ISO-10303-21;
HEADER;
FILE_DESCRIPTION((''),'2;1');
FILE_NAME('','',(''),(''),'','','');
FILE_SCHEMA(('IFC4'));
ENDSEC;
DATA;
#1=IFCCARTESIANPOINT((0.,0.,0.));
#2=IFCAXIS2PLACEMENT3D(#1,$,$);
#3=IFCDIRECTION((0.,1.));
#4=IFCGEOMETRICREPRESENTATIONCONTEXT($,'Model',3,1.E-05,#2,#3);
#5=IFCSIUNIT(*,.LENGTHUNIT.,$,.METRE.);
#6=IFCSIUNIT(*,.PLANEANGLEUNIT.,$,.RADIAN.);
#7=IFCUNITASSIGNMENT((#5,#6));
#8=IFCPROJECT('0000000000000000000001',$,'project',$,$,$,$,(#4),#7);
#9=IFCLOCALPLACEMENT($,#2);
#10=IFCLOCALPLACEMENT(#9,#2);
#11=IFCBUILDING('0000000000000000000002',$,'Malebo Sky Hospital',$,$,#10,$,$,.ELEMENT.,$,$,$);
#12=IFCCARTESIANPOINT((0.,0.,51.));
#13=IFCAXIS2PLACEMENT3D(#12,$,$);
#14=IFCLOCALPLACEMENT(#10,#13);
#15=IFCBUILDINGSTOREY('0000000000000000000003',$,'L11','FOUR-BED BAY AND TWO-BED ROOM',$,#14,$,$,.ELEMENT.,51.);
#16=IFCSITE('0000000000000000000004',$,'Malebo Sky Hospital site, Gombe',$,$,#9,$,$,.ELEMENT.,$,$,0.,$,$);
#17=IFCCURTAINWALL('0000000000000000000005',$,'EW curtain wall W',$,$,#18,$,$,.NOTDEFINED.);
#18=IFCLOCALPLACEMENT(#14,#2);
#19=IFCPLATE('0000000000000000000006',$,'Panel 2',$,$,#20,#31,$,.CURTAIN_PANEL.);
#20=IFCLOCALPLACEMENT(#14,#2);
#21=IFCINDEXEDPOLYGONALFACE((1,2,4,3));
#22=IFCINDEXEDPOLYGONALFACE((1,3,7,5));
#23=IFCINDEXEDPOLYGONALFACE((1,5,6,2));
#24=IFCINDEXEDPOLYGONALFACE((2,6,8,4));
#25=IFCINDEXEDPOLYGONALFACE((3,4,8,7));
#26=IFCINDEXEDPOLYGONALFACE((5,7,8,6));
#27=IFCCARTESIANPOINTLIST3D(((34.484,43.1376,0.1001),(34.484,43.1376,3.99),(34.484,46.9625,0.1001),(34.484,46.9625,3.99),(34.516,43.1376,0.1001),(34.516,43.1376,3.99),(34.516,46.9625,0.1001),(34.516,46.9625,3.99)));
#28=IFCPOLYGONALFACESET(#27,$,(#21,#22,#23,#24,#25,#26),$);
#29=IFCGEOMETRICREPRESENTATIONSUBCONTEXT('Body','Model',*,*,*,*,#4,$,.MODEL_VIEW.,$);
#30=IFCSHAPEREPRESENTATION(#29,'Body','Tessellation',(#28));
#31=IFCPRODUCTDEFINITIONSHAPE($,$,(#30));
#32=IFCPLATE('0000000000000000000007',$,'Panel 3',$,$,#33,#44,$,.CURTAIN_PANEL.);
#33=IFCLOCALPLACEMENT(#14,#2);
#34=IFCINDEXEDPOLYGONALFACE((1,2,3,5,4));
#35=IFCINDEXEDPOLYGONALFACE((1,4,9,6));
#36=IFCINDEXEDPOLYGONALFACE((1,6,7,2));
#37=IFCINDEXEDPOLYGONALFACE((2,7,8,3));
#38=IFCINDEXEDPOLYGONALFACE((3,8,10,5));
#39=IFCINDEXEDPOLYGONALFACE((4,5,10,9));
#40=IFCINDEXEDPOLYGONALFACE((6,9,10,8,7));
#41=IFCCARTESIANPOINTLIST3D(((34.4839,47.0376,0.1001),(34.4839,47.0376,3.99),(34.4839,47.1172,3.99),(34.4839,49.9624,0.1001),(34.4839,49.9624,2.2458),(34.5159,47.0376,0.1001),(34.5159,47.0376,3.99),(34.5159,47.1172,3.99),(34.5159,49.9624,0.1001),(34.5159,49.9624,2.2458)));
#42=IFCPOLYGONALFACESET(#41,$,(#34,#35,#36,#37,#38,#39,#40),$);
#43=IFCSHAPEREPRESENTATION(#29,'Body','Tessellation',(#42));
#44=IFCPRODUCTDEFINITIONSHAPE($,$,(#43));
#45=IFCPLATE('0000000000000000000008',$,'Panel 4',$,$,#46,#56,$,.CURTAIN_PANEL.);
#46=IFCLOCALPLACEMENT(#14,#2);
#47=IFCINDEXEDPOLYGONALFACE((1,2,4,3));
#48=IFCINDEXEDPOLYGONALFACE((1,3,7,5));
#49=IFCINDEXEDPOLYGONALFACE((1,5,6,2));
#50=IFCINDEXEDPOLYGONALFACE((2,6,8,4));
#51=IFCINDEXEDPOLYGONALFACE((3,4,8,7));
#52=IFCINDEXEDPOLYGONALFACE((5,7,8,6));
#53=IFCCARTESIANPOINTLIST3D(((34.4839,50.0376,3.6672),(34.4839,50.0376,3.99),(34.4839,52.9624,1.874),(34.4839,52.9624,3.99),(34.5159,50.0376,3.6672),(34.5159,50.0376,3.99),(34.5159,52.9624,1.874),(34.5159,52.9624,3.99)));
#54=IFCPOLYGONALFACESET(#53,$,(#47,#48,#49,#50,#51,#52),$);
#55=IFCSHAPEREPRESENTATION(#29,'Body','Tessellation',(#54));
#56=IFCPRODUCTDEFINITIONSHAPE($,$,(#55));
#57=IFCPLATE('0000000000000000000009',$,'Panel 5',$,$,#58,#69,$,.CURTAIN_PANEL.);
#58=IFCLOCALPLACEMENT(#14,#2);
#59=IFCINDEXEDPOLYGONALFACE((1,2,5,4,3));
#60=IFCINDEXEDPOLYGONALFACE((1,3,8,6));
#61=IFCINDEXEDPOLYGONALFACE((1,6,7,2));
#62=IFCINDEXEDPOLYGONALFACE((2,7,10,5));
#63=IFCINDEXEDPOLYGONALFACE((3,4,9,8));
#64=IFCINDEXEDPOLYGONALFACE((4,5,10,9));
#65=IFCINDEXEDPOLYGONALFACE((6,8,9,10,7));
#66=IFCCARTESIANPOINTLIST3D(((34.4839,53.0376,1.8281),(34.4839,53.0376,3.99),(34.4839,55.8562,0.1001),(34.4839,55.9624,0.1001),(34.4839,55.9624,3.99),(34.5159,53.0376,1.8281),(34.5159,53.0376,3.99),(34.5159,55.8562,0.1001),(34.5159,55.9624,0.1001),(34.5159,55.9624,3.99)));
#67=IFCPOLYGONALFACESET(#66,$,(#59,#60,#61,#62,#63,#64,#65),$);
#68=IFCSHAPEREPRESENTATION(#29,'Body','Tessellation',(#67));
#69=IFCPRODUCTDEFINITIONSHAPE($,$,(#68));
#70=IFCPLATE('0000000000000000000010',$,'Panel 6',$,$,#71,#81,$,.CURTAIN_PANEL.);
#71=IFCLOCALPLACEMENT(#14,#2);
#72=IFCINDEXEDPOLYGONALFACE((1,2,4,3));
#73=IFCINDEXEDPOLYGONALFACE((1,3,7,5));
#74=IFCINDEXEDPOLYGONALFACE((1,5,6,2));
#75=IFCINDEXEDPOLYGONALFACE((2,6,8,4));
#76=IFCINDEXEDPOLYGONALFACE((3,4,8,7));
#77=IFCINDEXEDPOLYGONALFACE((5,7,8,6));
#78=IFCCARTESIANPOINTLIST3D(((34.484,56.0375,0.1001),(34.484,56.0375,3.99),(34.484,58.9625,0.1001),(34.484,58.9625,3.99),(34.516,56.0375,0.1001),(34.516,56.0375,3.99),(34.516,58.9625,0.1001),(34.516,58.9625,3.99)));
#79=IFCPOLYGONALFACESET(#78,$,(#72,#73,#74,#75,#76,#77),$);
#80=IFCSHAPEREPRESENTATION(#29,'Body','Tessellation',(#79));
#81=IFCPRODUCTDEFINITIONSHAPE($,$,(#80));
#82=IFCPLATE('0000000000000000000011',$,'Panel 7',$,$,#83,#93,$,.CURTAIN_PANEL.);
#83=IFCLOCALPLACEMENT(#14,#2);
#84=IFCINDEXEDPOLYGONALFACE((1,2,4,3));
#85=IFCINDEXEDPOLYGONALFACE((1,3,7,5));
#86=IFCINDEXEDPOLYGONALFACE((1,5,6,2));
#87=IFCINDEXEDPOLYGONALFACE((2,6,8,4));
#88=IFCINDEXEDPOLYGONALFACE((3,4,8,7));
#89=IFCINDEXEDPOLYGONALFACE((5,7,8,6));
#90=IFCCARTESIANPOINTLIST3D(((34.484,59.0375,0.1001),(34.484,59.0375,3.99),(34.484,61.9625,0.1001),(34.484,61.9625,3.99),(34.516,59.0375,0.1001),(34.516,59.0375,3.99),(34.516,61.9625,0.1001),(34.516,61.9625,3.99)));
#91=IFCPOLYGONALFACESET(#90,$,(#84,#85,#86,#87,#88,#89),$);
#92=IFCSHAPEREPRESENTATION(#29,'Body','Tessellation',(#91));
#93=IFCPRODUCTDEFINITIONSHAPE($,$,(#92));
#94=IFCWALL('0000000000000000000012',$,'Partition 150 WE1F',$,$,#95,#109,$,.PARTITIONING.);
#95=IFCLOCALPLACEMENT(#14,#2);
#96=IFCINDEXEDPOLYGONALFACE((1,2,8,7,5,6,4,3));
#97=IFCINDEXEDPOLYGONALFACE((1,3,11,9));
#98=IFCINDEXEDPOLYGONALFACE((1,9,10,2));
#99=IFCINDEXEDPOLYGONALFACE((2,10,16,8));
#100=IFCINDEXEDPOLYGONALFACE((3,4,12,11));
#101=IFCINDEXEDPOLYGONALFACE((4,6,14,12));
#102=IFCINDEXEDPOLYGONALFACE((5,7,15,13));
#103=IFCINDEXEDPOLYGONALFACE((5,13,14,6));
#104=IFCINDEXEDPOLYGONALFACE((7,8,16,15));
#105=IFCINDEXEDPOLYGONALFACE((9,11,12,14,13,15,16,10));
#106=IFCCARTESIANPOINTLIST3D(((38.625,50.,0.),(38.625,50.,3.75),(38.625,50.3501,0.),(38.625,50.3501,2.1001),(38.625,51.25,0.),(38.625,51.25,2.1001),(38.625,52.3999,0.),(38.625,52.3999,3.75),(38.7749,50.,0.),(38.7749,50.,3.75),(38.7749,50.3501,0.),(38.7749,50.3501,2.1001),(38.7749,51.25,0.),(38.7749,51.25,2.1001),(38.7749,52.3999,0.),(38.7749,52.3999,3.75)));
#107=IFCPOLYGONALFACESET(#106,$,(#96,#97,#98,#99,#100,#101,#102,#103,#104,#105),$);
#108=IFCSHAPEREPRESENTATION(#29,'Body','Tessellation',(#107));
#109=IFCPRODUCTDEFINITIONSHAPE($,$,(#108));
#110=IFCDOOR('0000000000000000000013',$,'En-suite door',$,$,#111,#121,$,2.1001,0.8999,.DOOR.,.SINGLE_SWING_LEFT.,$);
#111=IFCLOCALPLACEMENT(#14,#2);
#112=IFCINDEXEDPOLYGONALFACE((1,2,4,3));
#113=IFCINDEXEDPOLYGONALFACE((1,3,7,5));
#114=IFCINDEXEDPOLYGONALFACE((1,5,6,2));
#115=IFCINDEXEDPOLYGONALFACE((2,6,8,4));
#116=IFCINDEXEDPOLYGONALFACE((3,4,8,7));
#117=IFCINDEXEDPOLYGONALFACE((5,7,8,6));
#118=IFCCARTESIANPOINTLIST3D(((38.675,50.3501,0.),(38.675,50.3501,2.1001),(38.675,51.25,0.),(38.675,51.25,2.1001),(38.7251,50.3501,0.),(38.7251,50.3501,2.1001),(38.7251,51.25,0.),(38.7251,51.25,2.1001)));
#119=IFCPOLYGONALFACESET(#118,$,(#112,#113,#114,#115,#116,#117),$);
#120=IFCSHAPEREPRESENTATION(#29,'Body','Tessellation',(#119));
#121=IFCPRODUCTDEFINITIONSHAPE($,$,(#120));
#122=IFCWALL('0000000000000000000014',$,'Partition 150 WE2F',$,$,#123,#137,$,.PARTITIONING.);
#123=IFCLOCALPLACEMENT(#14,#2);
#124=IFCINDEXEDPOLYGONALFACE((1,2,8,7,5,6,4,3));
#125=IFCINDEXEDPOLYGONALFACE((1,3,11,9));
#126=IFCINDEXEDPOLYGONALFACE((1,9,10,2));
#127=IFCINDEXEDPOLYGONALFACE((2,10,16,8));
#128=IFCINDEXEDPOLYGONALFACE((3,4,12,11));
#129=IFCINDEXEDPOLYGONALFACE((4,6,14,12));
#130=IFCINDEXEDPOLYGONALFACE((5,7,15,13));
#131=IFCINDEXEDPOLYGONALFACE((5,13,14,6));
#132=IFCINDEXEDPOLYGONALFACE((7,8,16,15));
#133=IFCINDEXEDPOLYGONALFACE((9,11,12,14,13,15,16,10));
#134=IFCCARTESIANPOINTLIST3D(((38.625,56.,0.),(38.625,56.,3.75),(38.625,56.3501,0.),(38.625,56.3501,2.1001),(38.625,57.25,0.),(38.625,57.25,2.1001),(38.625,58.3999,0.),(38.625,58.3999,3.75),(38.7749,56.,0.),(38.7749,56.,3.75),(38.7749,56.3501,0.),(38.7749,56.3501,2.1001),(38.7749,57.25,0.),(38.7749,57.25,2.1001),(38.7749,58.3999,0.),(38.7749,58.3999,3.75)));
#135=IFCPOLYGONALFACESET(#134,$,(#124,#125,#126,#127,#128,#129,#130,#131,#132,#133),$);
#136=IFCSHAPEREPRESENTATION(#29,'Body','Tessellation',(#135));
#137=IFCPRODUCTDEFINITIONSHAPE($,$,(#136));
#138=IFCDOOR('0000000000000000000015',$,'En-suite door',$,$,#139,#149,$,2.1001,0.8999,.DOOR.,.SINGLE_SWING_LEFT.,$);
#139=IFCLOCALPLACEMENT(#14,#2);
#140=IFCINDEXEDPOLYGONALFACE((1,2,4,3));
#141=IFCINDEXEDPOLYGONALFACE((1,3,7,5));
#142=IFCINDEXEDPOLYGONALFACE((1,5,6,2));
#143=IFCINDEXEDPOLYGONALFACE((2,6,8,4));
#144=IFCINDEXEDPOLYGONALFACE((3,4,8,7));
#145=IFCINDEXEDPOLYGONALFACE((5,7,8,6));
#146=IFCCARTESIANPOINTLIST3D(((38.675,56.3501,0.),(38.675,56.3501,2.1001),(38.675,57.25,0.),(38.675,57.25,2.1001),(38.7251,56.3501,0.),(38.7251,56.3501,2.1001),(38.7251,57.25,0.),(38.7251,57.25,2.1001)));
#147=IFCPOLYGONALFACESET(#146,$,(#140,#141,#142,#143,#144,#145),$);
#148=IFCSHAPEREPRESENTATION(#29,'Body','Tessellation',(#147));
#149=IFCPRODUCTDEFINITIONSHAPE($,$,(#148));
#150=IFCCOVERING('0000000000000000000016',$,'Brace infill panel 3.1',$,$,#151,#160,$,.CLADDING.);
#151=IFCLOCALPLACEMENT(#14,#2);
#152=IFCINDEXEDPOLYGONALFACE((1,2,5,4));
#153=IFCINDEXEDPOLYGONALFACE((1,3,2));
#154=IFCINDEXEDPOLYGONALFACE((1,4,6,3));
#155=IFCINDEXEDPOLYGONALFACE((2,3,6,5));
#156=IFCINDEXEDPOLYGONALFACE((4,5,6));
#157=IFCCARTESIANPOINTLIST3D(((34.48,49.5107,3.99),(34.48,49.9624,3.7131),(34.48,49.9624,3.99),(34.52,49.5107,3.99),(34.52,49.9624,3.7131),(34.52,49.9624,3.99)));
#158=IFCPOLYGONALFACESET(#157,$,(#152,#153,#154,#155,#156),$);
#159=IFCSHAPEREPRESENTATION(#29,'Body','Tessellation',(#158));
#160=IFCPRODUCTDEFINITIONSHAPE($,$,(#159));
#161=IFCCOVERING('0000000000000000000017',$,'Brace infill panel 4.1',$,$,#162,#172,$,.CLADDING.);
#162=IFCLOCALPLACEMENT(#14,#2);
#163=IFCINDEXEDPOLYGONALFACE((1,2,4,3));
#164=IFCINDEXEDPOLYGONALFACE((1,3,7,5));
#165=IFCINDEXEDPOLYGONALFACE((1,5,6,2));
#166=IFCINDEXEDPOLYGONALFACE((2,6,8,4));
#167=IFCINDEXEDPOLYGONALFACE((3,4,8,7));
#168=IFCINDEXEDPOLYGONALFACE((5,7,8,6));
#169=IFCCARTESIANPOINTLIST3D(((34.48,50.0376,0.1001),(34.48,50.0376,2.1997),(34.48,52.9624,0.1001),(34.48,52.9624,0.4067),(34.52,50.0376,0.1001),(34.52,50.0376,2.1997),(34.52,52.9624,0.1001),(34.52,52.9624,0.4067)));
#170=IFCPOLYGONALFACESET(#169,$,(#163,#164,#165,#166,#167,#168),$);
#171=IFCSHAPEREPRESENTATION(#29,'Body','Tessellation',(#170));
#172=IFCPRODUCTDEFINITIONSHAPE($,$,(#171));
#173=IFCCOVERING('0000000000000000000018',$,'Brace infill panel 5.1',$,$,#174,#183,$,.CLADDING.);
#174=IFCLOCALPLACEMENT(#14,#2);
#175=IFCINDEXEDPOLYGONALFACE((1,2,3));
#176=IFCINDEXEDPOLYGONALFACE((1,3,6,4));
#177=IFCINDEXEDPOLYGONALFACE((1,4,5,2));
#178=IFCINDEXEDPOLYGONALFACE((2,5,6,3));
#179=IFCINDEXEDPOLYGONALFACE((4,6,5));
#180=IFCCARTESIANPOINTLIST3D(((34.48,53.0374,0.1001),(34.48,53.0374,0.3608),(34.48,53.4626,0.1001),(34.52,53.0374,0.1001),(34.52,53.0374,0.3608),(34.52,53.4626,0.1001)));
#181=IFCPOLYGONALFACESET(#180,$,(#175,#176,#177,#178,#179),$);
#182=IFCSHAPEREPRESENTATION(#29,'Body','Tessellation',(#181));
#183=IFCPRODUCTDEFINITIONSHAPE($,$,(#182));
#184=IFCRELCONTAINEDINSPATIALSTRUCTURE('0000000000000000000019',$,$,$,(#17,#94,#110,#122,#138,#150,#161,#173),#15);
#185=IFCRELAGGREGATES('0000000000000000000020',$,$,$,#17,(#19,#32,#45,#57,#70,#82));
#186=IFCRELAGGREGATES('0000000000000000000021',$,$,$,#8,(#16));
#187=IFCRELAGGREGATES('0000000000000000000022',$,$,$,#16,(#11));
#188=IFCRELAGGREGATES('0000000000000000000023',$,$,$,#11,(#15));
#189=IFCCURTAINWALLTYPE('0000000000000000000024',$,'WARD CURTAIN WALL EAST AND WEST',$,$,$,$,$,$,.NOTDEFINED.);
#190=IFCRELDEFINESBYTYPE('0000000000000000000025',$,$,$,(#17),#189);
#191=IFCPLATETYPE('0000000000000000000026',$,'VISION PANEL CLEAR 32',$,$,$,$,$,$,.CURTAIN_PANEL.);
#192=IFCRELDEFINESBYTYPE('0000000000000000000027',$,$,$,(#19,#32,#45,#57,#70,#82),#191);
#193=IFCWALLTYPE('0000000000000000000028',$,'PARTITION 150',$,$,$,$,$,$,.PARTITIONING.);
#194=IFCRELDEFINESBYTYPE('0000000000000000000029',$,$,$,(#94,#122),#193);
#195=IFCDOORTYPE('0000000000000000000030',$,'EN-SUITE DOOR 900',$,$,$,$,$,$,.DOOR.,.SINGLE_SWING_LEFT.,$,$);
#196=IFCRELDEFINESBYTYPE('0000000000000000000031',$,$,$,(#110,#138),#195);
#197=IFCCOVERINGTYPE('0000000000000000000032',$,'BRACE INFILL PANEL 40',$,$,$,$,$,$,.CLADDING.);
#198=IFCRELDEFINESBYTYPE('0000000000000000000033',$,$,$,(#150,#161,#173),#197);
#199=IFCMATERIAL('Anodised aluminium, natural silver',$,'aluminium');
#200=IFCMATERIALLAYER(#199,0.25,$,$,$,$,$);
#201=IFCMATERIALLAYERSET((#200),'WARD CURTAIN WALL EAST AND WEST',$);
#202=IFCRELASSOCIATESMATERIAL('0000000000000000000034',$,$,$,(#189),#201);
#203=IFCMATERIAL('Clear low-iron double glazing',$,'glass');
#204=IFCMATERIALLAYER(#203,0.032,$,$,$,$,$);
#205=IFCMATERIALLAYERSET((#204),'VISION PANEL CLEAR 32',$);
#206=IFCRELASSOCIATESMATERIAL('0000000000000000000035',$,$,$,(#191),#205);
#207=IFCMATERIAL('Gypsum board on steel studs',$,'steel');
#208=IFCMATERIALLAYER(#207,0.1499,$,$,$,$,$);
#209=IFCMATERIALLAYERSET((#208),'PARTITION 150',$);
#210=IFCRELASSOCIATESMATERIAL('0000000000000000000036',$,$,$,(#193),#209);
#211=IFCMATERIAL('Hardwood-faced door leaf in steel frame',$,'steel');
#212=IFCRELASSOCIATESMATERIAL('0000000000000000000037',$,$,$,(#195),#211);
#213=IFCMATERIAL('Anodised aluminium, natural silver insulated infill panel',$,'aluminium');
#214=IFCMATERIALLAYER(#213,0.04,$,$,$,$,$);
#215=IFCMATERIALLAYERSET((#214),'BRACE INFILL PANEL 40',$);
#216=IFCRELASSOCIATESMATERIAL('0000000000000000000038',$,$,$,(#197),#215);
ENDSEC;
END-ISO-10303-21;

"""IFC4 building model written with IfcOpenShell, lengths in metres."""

from ifc_helpers import new_model, si_unit, direction, frame, frame_2d, origin, origin_2d, place, context, subcontext, project, spatial, polyline, rectangle, outline, extrude, material, layer, layer_set, type_object, element, fill, aggregate, save


model = new_model("IFC4")

# Units and contexts
model_context = context("Model", 3, precision=1e-05, world=origin(), true_north=direction((0.0, 1.0)))
body_context = subcontext(model_context, "Body", "Model", "MODEL_VIEW")
ifc_project = project(units=[si_unit("LENGTHUNIT", "METRE"), si_unit("PLANEANGLEUNIT", "RADIAN")], contexts=[model_context])

# Site, building, storey
site_placement = place(None, origin())
site = spatial("IfcSite", under=ifc_project, at=site_placement, Name="Malebo Sky Hospital site, Gombe", CompositionType="ELEMENT", RefElevation=0.0)
building_placement = place(site_placement, origin())
building = spatial("IfcBuilding", under=site, at=building_placement, Name="Malebo Sky Hospital", CompositionType="ELEMENT")
storey_placement = place(building_placement, frame((0.0, 0.0, 51.0)))
storey = spatial("IfcBuildingStorey", under=building, at=storey_placement, Name="L11", Description="FOUR-BED BAY AND TWO-BED ROOM", CompositionType="ELEMENT", Elevation=51.0)

# Curtain wall
ifc_material_1 = material(Name="Anodised aluminium, natural silver", Category="aluminium")
ifc_layer_1 = layer(ifc_material_1, 0.25)
ifc_layer_set_1 = layer_set([ifc_layer_1], Name="WARD CURTAIN WALL EAST AND WEST")
curtain_wall_type = type_object("IfcCurtainWallType", Name="WARD CURTAIN WALL EAST AND WEST", PredefinedType="NOTDEFINED", material=ifc_layer_set_1)
curtain_wall_placement = place(storey_placement, origin())
curtain_wall = element("IfcCurtainWall", 1, at=curtain_wall_placement, inside=storey, type_object=curtain_wall_type, Name="EW curtain wall W", PredefinedType="NOTDEFINED")

# Plates
ifc_material_2 = material(Name="Clear low-iron double glazing", Category="glass")
ifc_layer_2 = layer(ifc_material_2, 0.032)
ifc_layer_set_2 = layer_set([ifc_layer_2], Name="VISION PANEL CLEAR 32")
plate_type = type_object("IfcPlateType", Name="VISION PANEL CLEAR 32", PredefinedType="CURTAIN_PANEL", material=ifc_layer_set_2)
plate_1_placement = place(storey_placement, frame((34.5, 45.05, 0.1001), z_axis=(0.0, 0.0, 1.0), x_axis=(0.0, 1.0, 0.0)))
plate_1 = element("IfcPlate", 2, at=plate_1_placement, type_object=plate_type, Name="Panel 2", PredefinedType="CURTAIN_PANEL", context=body_context, shape_type="SweptSolid", body=[
    extrude(rectangle(XDim=3.825, YDim=0.032, at=origin_2d()), origin(), (0.0, 0.0, 1.0), 3.8899),
])
plate_2_placement = place(storey_placement, frame((34.5, 48.5, 0.1001), z_axis=(0.0, 0.0, 1.0), x_axis=(0.0, 1.0, 0.0)))
plate_2 = element("IfcPlate", 3, at=plate_2_placement, type_object=plate_type, Name="Panel 3", PredefinedType="CURTAIN_PANEL", context=body_context, shape_type="SweptSolid", body=[
    extrude(outline(polyline([(-1.4624, 0.0), (1.4624, 0.0), (1.4624, 2.1458), (-1.3828, 3.8899), (-1.4624, 3.8899), (-1.4624, 0.0)])), frame((0.0, 0.0161, 0.0), z_axis=(0.0, -1.0, 0.0), x_axis=(1.0, 0.0, 0.0)), (0.0, 0.0, 1.0), 0.032),
])
plate_3_placement = place(storey_placement, frame((34.5, 51.5, 1.874), z_axis=(0.0, 0.0, 1.0), x_axis=(0.0, 1.0, 0.0)))
plate_3 = element("IfcPlate", 4, at=plate_3_placement, type_object=plate_type, Name="Panel 4", PredefinedType="CURTAIN_PANEL", context=body_context, shape_type="SweptSolid", body=[
    extrude(outline(polyline([(1.4624, 0.0), (1.4624, 2.116), (-1.4624, 2.116), (-1.4624, 1.7932), (1.4624, 0.0)])), frame((0.0, 0.0161, 0.0), z_axis=(0.0, -1.0, 0.0), x_axis=(1.0, 0.0, 0.0)), (0.0, 0.0, 1.0), 0.032),
])
plate_4_placement = place(storey_placement, frame((34.5, 54.5, 0.1001), z_axis=(0.0, 0.0, 1.0), x_axis=(0.0, 1.0, 0.0)))
plate_4 = element("IfcPlate", 5, at=plate_4_placement, type_object=plate_type, Name="Panel 5", PredefinedType="CURTAIN_PANEL", context=body_context, shape_type="SweptSolid", body=[
    extrude(outline(polyline([(1.3562, 0.0), (1.4624, 0.0), (1.4624, 3.8899), (-1.4624, 3.8899), (-1.4624, 1.728), (1.3562, 0.0)])), frame((0.0, 0.0161, 0.0), z_axis=(0.0, -1.0, 0.0), x_axis=(1.0, 0.0, 0.0)), (0.0, 0.0, 1.0), 0.032),
])
plate_5_placement = place(storey_placement, frame((34.5, 57.5, 0.1001), z_axis=(0.0, 0.0, 1.0), x_axis=(0.0, 1.0, 0.0)))
plate_5 = element("IfcPlate", 6, at=plate_5_placement, type_object=plate_type, Name="Panel 6", PredefinedType="CURTAIN_PANEL", context=body_context, shape_type="SweptSolid", body=[
    extrude(rectangle(XDim=2.925, YDim=0.032, at=origin_2d()), origin(), (0.0, 0.0, 1.0), 3.8899),
])
plate_6_placement = place(storey_placement, frame((34.5, 60.5, 0.1001), z_axis=(0.0, 0.0, 1.0), x_axis=(0.0, 1.0, 0.0)))
plate_6 = element("IfcPlate", 7, at=plate_6_placement, type_object=plate_type, Name="Panel 7", PredefinedType="CURTAIN_PANEL", context=body_context, shape_type="SweptSolid", body=[
    extrude(rectangle(XDim=2.925, YDim=0.032, at=origin_2d()), origin(), (0.0, 0.0, 1.0), 3.8899),
])
aggregate(curtain_wall, [plate_1, plate_2, plate_3, plate_4, plate_5, plate_6])

# Walls, openings, doors
ifc_material_3 = material(Name="Gypsum board on steel studs", Category="steel")
ifc_layer_3 = layer(ifc_material_3, 0.1499)
ifc_layer_set_3 = layer_set([ifc_layer_3], Name="PARTITION 150")
wall_type = type_object("IfcWallType", Name="PARTITION 150", PredefinedType="PARTITIONING", material=ifc_layer_set_3)
wall_1_placement = place(storey_placement, frame((38.7, 50.0, 0.0), z_axis=(0.0, 0.0, 1.0), x_axis=(0.0, 1.0, 0.0)))
wall_1 = element("IfcWall", 8, at=wall_1_placement, inside=storey, type_object=wall_type, Name="Partition 150 WE1F", PredefinedType="PARTITIONING", context=body_context, shape_type="SweptSolid", body=[
    extrude(rectangle(XDim=2.3999, YDim=0.1499, at=frame_2d((1.2, 0.0))), origin(), (0.0, 0.0, 1.0), 3.75),
])
opening_1_placement = place(wall_1_placement, frame((0.3501, 0.0, 0.0)))
opening_1 = element("IfcOpeningElement", 9, at=opening_1_placement, cuts=wall_1, PredefinedType="OPENING", context=body_context, shape_type="SweptSolid", body=[
    extrude(rectangle(XDim=0.8999, YDim=2.1001, at=frame_2d((0.45, 1.05))), frame((0.0, 0.085, 0.0), z_axis=(0.0, -1.0, 0.0), x_axis=(1.0, 0.0, 0.0)), (0.0, 0.0, 1.0), 0.1699),
])
ifc_material_4 = material(Name="Hardwood-faced door leaf in steel frame", Category="steel")
door_type = type_object("IfcDoorType", Name="EN-SUITE DOOR 900", OperationType="SINGLE_SWING_LEFT", PredefinedType="DOOR", material=ifc_material_4)
door_1_placement = place(opening_1_placement, origin())
door_1 = element("IfcDoor", 10, at=door_1_placement, inside=storey, type_object=door_type, Name="En-suite door", OperationType="SINGLE_SWING_LEFT", OverallHeight=2.1001, OverallWidth=0.8999, PredefinedType="DOOR", context=body_context, shape_type="SweptSolid", body=[
    extrude(rectangle(XDim=0.8999, YDim=2.1001, at=frame_2d((0.45, 1.05))), frame((0.0, 0.0249, 0.0), z_axis=(0.0, -1.0, 0.0), x_axis=(1.0, 0.0, 0.0)), (0.0, 0.0, 1.0), 0.05),
])
fill(opening_1, door_1)
wall_2_placement = place(storey_placement, frame((38.7, 56.0, 0.0), z_axis=(0.0, 0.0, 1.0), x_axis=(0.0, 1.0, 0.0)))
wall_2 = element("IfcWall", 11, at=wall_2_placement, inside=storey, type_object=wall_type, Name="Partition 150 WE2F", PredefinedType="PARTITIONING", context=body_context, shape_type="SweptSolid", body=[
    extrude(rectangle(XDim=2.3999, YDim=0.1499, at=frame_2d((1.2, 0.0))), origin(), (0.0, 0.0, 1.0), 3.75),
])
opening_2_placement = place(wall_2_placement, frame((0.3501, 0.0, 0.0)))
opening_2 = element("IfcOpeningElement", 12, at=opening_2_placement, cuts=wall_2, PredefinedType="OPENING", context=body_context, shape_type="SweptSolid", body=[
    extrude(rectangle(XDim=0.8999, YDim=2.1001, at=frame_2d((0.45, 1.05))), frame((0.0, 0.085, 0.0), z_axis=(0.0, -1.0, 0.0), x_axis=(1.0, 0.0, 0.0)), (0.0, 0.0, 1.0), 0.1699),
])
door_2_placement = place(opening_2_placement, origin())
door_2 = element("IfcDoor", 13, at=door_2_placement, inside=storey, type_object=door_type, Name="En-suite door", OperationType="SINGLE_SWING_LEFT", OverallHeight=2.1001, OverallWidth=0.8999, PredefinedType="DOOR", context=body_context, shape_type="SweptSolid", body=[
    extrude(rectangle(XDim=0.8999, YDim=2.1001, at=frame_2d((0.45, 1.05))), frame((0.0, 0.0249, 0.0), z_axis=(0.0, -1.0, 0.0), x_axis=(1.0, 0.0, 0.0)), (0.0, 0.0, 1.0), 0.05),
])
fill(opening_2, door_2)

# Coverings
ifc_material_5 = material(Name="Anodised aluminium, natural silver insulated infill panel", Category="aluminium")
ifc_layer_4 = layer(ifc_material_5, 0.04)
ifc_layer_set_4 = layer_set([ifc_layer_4], Name="BRACE INFILL PANEL 40")
covering_type = type_object("IfcCoveringType", Name="BRACE INFILL PANEL 40", PredefinedType="CLADDING", material=ifc_layer_set_4)
covering_1_placement = place(storey_placement, frame((34.5, 49.7366, 3.7131), z_axis=(0.0, 0.0, 1.0), x_axis=(0.0, 1.0, 0.0)))
element("IfcCovering", 14, at=covering_1_placement, inside=storey, type_object=covering_type, Name="Brace infill panel 3.1", PredefinedType="CLADDING", context=body_context, shape_type="SweptSolid", body=[
    extrude(outline(polyline([(0.2258, 0.0), (0.2258, 0.2769), (-0.2258, 0.2769), (0.2258, 0.0)])), frame((0.0, 0.02, 0.0), z_axis=(0.0, -1.0, 0.0), x_axis=(1.0, 0.0, 0.0)), (0.0, 0.0, 1.0), 0.04),
])
covering_2_placement = place(storey_placement, frame((34.5, 51.5, 0.1001), z_axis=(0.0, 0.0, 1.0), x_axis=(0.0, 1.0, 0.0)))
element("IfcCovering", 15, at=covering_2_placement, inside=storey, type_object=covering_type, Name="Brace infill panel 4.1", PredefinedType="CLADDING", context=body_context, shape_type="SweptSolid", body=[
    extrude(outline(polyline([(-1.4624, 0.0), (1.4624, 0.0), (1.4624, 0.3066), (-1.4624, 2.0996), (-1.4624, 0.0)])), frame((0.0, 0.02, 0.0), z_axis=(0.0, -1.0, 0.0), x_axis=(1.0, 0.0, 0.0)), (0.0, 0.0, 1.0), 0.04),
])
covering_3_placement = place(storey_placement, frame((34.5, 53.25, 0.1001), z_axis=(0.0, 0.0, 1.0), x_axis=(0.0, 1.0, 0.0)))
element("IfcCovering", 16, at=covering_3_placement, inside=storey, type_object=covering_type, Name="Brace infill panel 5.1", PredefinedType="CLADDING", context=body_context, shape_type="SweptSolid", body=[
    extrude(outline(polyline([(-0.2126, 0.0), (0.2126, 0.0), (-0.2126, 0.2607), (-0.2126, 0.0)])), frame((0.0, 0.02, 0.0), z_axis=(0.0, -1.0, 0.0), x_axis=(1.0, 0.0, 0.0)), (0.0, 0.0, 1.0), 0.04),
])

save(model, "model.ifc")
